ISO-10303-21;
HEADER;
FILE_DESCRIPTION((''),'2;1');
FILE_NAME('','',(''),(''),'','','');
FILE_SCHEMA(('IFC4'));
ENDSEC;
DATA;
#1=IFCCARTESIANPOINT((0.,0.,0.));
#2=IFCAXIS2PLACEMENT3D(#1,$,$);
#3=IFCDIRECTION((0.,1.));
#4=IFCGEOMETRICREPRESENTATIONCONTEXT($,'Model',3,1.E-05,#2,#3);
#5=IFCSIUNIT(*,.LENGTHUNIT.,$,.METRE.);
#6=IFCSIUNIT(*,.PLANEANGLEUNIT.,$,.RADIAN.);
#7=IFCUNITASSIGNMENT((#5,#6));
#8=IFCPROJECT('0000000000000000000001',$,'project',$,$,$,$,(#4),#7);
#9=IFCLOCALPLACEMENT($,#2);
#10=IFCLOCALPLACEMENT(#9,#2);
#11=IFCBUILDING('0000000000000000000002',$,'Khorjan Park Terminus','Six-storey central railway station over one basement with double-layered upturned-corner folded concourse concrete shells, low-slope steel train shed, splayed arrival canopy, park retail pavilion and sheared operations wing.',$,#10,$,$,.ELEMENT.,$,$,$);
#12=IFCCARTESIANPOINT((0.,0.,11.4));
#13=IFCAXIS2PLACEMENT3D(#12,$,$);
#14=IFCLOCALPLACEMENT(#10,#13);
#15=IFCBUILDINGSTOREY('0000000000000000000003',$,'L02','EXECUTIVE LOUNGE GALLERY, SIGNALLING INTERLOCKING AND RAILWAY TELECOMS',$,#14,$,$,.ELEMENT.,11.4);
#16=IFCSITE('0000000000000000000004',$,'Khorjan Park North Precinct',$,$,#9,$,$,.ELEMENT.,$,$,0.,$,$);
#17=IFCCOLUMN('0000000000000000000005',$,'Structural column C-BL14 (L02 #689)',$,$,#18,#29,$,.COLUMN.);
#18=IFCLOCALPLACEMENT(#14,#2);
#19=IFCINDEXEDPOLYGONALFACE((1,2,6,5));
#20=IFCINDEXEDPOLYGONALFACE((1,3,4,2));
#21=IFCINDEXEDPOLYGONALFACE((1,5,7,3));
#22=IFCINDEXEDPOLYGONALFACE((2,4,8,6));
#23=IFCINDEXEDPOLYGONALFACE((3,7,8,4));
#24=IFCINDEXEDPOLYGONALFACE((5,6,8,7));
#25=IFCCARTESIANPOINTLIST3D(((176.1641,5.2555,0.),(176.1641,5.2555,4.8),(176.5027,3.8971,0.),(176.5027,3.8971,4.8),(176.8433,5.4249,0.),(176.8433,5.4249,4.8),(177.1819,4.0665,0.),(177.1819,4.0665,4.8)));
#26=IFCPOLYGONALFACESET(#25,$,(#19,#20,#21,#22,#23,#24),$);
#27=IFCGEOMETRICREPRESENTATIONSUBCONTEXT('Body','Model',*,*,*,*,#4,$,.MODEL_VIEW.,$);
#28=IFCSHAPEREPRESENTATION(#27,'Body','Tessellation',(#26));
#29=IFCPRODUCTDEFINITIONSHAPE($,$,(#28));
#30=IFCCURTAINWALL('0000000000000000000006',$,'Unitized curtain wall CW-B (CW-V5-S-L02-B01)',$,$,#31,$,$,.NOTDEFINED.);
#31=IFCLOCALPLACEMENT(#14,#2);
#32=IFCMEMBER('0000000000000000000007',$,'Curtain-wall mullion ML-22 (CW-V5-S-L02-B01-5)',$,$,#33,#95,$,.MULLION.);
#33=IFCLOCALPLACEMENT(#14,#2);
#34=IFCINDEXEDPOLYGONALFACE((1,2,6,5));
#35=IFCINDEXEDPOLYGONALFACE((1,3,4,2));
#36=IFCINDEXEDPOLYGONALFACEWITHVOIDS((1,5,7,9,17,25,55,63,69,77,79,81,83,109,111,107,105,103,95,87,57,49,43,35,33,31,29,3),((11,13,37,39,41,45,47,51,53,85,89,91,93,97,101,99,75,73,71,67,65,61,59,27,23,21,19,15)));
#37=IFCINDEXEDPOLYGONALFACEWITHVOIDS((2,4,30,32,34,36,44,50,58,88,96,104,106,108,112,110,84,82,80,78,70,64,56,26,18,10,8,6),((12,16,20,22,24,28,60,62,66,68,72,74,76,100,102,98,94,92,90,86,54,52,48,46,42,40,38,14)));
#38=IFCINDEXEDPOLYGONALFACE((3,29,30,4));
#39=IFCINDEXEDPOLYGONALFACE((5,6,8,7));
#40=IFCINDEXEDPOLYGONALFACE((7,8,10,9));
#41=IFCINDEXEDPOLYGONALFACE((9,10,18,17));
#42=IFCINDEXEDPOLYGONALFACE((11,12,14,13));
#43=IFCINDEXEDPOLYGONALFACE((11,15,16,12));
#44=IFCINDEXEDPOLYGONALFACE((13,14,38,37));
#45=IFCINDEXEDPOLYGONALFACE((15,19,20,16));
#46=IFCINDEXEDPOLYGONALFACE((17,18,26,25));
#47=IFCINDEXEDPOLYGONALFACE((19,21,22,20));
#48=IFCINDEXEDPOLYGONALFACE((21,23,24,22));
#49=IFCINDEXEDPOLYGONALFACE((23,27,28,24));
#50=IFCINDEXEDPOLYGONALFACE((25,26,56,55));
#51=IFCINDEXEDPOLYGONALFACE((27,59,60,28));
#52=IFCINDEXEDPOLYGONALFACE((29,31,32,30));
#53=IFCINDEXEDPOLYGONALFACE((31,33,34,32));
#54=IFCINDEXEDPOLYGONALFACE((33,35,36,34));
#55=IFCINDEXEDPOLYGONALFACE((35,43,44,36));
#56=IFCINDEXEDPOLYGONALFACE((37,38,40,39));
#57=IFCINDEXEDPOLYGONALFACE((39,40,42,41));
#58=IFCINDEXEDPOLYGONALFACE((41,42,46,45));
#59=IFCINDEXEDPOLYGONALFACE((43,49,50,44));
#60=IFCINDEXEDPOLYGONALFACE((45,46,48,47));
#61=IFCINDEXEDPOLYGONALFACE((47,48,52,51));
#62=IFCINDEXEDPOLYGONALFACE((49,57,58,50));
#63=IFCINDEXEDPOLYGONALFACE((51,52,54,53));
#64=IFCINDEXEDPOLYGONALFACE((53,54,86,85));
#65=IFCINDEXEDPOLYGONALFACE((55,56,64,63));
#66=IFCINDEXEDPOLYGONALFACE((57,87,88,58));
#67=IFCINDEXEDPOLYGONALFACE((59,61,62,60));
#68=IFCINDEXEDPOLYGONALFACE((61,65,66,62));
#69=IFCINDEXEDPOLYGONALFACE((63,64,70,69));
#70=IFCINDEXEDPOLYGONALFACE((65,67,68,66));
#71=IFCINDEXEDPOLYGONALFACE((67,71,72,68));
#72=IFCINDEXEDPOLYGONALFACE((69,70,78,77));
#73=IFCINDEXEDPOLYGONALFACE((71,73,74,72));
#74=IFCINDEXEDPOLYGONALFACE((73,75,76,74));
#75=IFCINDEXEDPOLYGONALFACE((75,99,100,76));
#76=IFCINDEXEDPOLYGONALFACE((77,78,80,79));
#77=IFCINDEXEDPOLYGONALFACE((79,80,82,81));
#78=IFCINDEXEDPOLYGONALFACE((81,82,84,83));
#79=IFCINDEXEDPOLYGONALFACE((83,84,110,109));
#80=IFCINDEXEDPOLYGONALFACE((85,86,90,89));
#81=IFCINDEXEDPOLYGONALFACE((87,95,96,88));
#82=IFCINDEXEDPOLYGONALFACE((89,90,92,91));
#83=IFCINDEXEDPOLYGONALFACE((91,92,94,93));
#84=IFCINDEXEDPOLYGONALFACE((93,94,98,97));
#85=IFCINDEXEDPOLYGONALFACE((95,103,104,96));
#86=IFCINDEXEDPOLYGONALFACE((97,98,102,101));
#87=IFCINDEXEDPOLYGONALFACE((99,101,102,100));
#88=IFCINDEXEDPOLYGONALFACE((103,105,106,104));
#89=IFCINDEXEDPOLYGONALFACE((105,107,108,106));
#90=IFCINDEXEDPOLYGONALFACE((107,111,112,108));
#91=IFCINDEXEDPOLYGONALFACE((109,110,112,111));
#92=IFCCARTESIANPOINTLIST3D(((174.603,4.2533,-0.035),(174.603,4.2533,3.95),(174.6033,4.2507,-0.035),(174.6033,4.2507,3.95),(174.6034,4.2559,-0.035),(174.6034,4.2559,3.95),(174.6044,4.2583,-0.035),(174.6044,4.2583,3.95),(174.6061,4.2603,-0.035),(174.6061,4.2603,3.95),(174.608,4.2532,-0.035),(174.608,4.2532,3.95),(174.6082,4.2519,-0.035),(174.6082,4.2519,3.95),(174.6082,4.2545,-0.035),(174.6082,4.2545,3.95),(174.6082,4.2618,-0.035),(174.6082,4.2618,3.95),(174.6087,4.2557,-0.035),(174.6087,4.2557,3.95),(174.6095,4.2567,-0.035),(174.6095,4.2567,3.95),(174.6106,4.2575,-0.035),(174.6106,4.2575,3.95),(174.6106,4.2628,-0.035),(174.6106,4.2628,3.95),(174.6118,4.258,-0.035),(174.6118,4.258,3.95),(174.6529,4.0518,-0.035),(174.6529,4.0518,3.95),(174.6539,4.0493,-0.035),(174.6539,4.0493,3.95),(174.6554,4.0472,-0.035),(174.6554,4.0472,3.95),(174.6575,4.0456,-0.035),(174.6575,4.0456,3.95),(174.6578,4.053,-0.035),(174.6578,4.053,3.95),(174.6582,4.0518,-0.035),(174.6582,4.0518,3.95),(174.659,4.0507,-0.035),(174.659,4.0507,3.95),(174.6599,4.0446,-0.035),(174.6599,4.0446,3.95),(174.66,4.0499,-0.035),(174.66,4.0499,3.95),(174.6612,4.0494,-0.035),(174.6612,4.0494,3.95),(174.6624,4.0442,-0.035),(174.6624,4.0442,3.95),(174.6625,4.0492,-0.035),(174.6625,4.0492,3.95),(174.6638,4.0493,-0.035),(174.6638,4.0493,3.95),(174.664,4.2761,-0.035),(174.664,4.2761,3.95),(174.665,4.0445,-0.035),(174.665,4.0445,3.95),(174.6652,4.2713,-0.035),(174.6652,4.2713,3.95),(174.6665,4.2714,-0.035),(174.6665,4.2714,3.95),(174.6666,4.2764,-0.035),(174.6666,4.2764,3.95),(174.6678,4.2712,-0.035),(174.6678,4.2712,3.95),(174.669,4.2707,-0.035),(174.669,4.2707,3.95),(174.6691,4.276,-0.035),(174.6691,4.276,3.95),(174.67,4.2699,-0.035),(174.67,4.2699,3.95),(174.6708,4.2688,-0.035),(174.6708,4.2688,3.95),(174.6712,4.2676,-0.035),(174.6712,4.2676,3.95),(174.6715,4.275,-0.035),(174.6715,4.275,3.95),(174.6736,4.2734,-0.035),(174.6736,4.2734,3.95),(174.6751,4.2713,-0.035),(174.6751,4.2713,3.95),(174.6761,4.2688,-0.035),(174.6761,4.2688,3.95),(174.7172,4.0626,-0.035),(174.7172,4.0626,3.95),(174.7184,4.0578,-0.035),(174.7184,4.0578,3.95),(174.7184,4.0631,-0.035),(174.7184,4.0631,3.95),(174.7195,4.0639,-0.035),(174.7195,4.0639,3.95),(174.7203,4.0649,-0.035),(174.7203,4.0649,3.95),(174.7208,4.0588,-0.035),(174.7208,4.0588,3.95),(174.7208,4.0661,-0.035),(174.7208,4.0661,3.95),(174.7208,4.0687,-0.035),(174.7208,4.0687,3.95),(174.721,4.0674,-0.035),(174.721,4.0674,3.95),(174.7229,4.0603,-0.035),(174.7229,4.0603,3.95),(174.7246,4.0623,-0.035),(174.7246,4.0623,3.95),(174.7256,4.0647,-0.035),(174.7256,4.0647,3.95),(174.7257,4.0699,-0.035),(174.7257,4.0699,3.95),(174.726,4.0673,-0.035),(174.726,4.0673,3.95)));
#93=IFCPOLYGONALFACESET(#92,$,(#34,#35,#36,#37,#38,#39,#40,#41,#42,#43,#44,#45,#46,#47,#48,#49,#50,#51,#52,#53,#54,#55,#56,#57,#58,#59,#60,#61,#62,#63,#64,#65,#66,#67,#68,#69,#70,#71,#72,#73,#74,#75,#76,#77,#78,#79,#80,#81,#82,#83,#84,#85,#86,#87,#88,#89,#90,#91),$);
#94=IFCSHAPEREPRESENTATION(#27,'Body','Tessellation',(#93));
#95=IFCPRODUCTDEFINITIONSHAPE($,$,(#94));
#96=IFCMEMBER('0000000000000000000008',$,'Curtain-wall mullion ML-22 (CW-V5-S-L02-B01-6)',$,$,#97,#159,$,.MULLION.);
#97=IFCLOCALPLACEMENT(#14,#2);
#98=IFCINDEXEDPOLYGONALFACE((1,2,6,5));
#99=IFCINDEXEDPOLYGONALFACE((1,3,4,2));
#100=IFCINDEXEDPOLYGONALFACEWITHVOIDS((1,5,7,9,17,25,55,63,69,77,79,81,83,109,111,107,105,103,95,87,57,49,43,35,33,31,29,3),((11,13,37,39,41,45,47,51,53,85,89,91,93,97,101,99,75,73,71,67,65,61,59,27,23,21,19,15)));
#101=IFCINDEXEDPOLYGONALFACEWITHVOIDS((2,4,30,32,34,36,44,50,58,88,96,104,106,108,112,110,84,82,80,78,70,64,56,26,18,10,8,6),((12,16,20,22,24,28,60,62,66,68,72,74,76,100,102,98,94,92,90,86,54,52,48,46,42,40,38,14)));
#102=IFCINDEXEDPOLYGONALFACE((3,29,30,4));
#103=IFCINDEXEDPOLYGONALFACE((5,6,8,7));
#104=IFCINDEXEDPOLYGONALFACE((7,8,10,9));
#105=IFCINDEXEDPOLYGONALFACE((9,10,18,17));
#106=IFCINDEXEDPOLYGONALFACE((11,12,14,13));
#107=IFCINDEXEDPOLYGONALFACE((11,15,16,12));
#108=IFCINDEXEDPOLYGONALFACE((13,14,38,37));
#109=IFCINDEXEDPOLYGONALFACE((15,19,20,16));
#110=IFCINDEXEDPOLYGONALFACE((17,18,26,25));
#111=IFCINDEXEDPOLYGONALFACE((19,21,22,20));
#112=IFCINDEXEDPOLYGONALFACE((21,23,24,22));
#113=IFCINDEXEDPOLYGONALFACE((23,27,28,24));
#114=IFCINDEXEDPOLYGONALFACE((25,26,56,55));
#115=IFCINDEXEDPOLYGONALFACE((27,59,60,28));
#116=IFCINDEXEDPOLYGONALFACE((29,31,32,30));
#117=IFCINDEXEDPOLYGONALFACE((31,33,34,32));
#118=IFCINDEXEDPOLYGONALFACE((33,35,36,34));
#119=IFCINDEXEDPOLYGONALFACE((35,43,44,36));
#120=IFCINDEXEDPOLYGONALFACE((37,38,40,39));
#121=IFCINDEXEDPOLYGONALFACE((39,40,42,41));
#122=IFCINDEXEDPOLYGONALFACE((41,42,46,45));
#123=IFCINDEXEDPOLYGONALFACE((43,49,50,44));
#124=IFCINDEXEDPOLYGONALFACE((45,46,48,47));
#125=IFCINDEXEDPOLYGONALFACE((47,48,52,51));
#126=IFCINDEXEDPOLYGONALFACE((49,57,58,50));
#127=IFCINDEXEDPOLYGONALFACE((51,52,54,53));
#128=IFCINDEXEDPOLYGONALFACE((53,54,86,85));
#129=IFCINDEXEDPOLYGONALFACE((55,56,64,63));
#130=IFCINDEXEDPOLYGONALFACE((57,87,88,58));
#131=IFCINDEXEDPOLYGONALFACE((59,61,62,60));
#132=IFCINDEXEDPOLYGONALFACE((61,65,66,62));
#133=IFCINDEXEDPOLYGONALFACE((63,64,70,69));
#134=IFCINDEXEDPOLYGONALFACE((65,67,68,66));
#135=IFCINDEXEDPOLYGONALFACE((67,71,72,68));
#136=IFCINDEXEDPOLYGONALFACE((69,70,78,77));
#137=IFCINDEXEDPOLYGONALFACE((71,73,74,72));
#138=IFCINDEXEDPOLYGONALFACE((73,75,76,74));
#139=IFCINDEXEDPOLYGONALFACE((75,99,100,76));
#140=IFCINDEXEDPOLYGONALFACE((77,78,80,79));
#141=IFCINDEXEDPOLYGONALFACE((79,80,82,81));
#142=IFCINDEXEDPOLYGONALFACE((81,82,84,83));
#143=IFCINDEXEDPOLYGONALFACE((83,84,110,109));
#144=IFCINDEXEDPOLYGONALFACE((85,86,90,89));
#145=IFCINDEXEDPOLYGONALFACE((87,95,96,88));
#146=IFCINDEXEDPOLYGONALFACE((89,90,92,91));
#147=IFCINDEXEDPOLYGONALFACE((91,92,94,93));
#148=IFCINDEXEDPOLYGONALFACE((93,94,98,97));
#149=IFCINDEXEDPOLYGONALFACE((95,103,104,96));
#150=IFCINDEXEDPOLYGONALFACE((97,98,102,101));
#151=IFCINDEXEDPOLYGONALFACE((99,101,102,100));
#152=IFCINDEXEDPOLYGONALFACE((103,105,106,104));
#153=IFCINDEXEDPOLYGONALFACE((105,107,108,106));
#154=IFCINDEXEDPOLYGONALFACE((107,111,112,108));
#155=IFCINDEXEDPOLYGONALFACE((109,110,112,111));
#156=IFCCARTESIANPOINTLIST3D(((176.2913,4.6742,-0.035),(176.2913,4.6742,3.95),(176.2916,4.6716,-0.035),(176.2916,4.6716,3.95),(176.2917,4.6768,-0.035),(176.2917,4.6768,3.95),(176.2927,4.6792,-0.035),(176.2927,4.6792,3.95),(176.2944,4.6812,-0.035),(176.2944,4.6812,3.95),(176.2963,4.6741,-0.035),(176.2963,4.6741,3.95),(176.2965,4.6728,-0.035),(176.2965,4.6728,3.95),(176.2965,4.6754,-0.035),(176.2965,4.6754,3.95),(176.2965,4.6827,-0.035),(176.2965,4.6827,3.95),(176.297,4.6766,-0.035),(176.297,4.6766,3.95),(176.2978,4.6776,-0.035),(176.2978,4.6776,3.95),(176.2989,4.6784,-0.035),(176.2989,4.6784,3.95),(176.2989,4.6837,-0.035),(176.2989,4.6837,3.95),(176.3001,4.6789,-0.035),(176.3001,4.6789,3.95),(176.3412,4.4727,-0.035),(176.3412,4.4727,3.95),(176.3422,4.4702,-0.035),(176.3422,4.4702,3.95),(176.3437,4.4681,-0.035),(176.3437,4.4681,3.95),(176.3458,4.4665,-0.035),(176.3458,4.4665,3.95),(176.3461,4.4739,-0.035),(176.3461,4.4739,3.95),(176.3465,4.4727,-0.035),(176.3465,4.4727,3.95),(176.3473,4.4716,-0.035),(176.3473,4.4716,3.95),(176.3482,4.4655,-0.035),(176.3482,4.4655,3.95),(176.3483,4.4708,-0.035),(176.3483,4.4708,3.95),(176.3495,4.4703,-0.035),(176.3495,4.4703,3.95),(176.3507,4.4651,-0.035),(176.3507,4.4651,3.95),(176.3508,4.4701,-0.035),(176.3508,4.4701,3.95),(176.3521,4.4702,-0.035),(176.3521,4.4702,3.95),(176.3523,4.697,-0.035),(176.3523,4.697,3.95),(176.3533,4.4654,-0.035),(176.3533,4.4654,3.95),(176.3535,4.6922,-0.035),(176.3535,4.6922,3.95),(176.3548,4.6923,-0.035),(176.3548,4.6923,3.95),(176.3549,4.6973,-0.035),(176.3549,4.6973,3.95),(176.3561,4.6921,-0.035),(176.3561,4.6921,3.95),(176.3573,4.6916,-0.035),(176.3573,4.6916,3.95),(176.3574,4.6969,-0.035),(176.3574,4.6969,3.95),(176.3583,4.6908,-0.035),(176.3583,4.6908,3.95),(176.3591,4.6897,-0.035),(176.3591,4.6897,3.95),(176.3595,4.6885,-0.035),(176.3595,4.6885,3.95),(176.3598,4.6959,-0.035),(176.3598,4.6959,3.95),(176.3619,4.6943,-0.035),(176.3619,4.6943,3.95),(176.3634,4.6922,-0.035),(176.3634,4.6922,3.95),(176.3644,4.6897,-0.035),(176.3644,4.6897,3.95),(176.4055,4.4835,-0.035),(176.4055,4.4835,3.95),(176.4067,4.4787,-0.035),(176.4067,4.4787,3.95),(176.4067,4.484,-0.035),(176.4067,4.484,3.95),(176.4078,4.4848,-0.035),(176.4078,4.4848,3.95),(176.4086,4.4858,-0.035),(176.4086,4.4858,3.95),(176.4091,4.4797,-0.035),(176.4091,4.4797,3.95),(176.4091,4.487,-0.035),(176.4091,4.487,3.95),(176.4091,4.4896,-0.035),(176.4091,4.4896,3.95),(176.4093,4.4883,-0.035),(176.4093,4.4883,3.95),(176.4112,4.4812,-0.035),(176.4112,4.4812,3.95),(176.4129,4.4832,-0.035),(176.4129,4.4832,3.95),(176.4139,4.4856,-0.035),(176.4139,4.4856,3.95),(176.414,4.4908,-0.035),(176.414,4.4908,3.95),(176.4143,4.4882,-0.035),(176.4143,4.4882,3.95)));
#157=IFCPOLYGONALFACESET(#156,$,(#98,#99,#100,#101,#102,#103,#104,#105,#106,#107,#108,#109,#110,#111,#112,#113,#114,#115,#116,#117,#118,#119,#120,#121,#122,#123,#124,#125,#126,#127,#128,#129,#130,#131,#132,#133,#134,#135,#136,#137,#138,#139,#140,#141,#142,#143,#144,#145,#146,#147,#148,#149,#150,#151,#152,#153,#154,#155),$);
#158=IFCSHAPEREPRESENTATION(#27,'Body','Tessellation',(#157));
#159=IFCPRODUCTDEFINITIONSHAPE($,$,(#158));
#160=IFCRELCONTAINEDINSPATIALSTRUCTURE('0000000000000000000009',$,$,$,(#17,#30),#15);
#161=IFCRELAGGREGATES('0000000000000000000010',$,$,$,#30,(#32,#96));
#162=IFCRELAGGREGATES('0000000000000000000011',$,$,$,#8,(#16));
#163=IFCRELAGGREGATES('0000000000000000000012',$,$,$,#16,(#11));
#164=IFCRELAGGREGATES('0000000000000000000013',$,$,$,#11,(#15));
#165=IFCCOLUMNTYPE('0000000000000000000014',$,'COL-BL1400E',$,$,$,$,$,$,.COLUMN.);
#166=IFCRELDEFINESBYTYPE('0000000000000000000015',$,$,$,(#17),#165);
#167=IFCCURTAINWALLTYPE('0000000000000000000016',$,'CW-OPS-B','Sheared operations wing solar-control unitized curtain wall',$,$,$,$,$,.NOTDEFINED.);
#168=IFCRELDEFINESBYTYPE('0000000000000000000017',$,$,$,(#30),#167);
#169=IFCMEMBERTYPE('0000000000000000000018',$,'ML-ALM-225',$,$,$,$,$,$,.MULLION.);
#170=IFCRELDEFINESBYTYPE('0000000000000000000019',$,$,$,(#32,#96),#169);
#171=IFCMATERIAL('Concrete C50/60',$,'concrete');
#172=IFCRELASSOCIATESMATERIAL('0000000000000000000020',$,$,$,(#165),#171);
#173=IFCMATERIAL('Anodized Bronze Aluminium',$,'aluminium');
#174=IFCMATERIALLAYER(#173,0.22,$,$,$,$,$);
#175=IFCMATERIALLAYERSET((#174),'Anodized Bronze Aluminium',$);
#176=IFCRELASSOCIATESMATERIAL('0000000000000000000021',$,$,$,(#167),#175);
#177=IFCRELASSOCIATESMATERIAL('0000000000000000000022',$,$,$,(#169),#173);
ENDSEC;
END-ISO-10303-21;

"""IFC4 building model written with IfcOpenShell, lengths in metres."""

from ifc_helpers import new_model, si_unit, direction, frame, origin, origin_2d, place, context, subcontext, project, spatial, rectangle, hollow_rectangle, extrude, material, layer, layer_set, material_profile, profile_set, type_object, element, aggregate, save


model = new_model("IFC4")

# Units and contexts
model_context = context("Model", 3, precision=1e-05, world=origin(), true_north=direction((0.0, 1.0)))
body_context = subcontext(model_context, "Body", "Model", "MODEL_VIEW")
ifc_project = project(units=[si_unit("LENGTHUNIT", "METRE"), si_unit("PLANEANGLEUNIT", "RADIAN")], contexts=[model_context])

# Site, building, storey
site_placement = place(None, origin())
site = spatial("IfcSite", under=ifc_project, at=site_placement, Name="Khorjan Park North Precinct", CompositionType="ELEMENT", RefElevation=0.0)
building_placement = place(site_placement, origin())
building = spatial("IfcBuilding", under=site, at=building_placement, Name="Khorjan Park Terminus", Description="Six-storey central railway station over one basement with double-layered upturned-corner folded concourse concrete shells, low-slope steel train shed, splayed arrival canopy, park retail pavilion and sheared operations wing.", CompositionType="ELEMENT")
storey_placement = place(building_placement, frame((0.0, 0.0, 11.4)))
storey = spatial("IfcBuildingStorey", under=building, at=storey_placement, Name="L02", Description="EXECUTIVE LOUNGE GALLERY, SIGNALLING INTERLOCKING AND RAILWAY TELECOMS", CompositionType="ELEMENT", Elevation=11.4)

# Column
ifc_material_1 = material(Name="Concrete C50/60", Category="concrete")
ifc_material_profile_1 = material_profile(ifc_material_1, rectangle(XDim=0.7, YDim=1.4, at=origin_2d()), Name="RC 700x1400")
ifc_profile_set_1 = profile_set([ifc_material_profile_1], Name="Concrete C50/60")
column_type = type_object("IfcColumnType", Name="COL-BL1400E", PredefinedType="COLUMN", material=ifc_profile_set_1)
column_placement = place(storey_placement, frame((176.673, 4.661, 0.0), z_axis=(0.0, 0.0, 1.0), x_axis=(0.970296, 0.241922, 0.0)))
element("IfcColumn", 1, at=column_placement, inside=storey, type_object=column_type, Name="Structural column C-BL14 (L02 #689)", PredefinedType="COLUMN", context=body_context, shape_type="SweptSolid", body=[
    extrude(rectangle(XDim=0.7, YDim=1.4, at=origin_2d()), origin(), (0.0, 0.0, 1.0), 4.8),
])

# Curtain wall, members
ifc_material_2 = material(Name="Anodized Bronze Aluminium", Category="aluminium")
ifc_layer_1 = layer(ifc_material_2, 0.22)
ifc_layer_set_1 = layer_set([ifc_layer_1], Name="Anodized Bronze Aluminium")
curtain_wall_type = type_object("IfcCurtainWallType", Name="CW-OPS-B", Description="Sheared operations wing solar-control unitized curtain wall", PredefinedType="NOTDEFINED", material=ifc_layer_set_1)
curtain_wall_1_placement = place(storey_placement, origin())
curtain_wall_1 = element("IfcCurtainWall", 2, at=curtain_wall_1_placement, inside=storey, type_object=curtain_wall_type, Name="Unitized curtain wall CW-B (CW-V5-S-L02-B01)", PredefinedType="NOTDEFINED")
ifc_material_profile_2 = material_profile(ifc_material_2, hollow_rectangle(XDim=0.075, YDim=0.225, WallThickness=0.005, InnerFilletRadius=0.005, OuterFilletRadius=0.01, at=origin_2d()), Name="ALM 75x225x5")
ifc_profile_set_2 = profile_set([ifc_material_profile_2], Name="Anodized Bronze Aluminium")
member_type_1 = type_object("IfcMemberType", Name="ML-ALM-225", PredefinedType="MULLION", material=ifc_profile_set_2)
member_1_placement = place(storey_placement, frame((174.6645, 4.1603, -0.035), z_axis=(0.0, 0.0, 1.0), x_axis=(0.970296, 0.241923, 0.0)))
member_1 = element("IfcMember", 3, at=member_1_placement, type_object=member_type_1, Name="Curtain-wall mullion ML-22 (CW-V5-S-L02-B01-5)", PredefinedType="MULLION", context=body_context, shape_type="SweptSolid", body=[
    extrude(hollow_rectangle(XDim=0.075, YDim=0.225, WallThickness=0.005, InnerFilletRadius=0.005, OuterFilletRadius=0.01, at=origin_2d()), origin(), (0.0, 0.0, 1.0), 3.985),
])
member_2_placement = place(storey_placement, frame((176.3528, 4.5812, -0.035), z_axis=(0.0, 0.0, 1.0), x_axis=(0.970296, 0.241923, 0.0)))
member_2 = element("IfcMember", 4, at=member_2_placement, type_object=member_type_1, Name="Curtain-wall mullion ML-22 (CW-V5-S-L02-B01-6)", PredefinedType="MULLION", context=body_context, shape_type="SweptSolid", body=[
    extrude(hollow_rectangle(XDim=0.075, YDim=0.225, WallThickness=0.005, InnerFilletRadius=0.005, OuterFilletRadius=0.01, at=origin_2d()), origin(), (0.0, 0.0, 1.0), 3.985),
])

aggregate(curtain_wall_1, [member_1, member_2])

save(model, "model.ifc")
